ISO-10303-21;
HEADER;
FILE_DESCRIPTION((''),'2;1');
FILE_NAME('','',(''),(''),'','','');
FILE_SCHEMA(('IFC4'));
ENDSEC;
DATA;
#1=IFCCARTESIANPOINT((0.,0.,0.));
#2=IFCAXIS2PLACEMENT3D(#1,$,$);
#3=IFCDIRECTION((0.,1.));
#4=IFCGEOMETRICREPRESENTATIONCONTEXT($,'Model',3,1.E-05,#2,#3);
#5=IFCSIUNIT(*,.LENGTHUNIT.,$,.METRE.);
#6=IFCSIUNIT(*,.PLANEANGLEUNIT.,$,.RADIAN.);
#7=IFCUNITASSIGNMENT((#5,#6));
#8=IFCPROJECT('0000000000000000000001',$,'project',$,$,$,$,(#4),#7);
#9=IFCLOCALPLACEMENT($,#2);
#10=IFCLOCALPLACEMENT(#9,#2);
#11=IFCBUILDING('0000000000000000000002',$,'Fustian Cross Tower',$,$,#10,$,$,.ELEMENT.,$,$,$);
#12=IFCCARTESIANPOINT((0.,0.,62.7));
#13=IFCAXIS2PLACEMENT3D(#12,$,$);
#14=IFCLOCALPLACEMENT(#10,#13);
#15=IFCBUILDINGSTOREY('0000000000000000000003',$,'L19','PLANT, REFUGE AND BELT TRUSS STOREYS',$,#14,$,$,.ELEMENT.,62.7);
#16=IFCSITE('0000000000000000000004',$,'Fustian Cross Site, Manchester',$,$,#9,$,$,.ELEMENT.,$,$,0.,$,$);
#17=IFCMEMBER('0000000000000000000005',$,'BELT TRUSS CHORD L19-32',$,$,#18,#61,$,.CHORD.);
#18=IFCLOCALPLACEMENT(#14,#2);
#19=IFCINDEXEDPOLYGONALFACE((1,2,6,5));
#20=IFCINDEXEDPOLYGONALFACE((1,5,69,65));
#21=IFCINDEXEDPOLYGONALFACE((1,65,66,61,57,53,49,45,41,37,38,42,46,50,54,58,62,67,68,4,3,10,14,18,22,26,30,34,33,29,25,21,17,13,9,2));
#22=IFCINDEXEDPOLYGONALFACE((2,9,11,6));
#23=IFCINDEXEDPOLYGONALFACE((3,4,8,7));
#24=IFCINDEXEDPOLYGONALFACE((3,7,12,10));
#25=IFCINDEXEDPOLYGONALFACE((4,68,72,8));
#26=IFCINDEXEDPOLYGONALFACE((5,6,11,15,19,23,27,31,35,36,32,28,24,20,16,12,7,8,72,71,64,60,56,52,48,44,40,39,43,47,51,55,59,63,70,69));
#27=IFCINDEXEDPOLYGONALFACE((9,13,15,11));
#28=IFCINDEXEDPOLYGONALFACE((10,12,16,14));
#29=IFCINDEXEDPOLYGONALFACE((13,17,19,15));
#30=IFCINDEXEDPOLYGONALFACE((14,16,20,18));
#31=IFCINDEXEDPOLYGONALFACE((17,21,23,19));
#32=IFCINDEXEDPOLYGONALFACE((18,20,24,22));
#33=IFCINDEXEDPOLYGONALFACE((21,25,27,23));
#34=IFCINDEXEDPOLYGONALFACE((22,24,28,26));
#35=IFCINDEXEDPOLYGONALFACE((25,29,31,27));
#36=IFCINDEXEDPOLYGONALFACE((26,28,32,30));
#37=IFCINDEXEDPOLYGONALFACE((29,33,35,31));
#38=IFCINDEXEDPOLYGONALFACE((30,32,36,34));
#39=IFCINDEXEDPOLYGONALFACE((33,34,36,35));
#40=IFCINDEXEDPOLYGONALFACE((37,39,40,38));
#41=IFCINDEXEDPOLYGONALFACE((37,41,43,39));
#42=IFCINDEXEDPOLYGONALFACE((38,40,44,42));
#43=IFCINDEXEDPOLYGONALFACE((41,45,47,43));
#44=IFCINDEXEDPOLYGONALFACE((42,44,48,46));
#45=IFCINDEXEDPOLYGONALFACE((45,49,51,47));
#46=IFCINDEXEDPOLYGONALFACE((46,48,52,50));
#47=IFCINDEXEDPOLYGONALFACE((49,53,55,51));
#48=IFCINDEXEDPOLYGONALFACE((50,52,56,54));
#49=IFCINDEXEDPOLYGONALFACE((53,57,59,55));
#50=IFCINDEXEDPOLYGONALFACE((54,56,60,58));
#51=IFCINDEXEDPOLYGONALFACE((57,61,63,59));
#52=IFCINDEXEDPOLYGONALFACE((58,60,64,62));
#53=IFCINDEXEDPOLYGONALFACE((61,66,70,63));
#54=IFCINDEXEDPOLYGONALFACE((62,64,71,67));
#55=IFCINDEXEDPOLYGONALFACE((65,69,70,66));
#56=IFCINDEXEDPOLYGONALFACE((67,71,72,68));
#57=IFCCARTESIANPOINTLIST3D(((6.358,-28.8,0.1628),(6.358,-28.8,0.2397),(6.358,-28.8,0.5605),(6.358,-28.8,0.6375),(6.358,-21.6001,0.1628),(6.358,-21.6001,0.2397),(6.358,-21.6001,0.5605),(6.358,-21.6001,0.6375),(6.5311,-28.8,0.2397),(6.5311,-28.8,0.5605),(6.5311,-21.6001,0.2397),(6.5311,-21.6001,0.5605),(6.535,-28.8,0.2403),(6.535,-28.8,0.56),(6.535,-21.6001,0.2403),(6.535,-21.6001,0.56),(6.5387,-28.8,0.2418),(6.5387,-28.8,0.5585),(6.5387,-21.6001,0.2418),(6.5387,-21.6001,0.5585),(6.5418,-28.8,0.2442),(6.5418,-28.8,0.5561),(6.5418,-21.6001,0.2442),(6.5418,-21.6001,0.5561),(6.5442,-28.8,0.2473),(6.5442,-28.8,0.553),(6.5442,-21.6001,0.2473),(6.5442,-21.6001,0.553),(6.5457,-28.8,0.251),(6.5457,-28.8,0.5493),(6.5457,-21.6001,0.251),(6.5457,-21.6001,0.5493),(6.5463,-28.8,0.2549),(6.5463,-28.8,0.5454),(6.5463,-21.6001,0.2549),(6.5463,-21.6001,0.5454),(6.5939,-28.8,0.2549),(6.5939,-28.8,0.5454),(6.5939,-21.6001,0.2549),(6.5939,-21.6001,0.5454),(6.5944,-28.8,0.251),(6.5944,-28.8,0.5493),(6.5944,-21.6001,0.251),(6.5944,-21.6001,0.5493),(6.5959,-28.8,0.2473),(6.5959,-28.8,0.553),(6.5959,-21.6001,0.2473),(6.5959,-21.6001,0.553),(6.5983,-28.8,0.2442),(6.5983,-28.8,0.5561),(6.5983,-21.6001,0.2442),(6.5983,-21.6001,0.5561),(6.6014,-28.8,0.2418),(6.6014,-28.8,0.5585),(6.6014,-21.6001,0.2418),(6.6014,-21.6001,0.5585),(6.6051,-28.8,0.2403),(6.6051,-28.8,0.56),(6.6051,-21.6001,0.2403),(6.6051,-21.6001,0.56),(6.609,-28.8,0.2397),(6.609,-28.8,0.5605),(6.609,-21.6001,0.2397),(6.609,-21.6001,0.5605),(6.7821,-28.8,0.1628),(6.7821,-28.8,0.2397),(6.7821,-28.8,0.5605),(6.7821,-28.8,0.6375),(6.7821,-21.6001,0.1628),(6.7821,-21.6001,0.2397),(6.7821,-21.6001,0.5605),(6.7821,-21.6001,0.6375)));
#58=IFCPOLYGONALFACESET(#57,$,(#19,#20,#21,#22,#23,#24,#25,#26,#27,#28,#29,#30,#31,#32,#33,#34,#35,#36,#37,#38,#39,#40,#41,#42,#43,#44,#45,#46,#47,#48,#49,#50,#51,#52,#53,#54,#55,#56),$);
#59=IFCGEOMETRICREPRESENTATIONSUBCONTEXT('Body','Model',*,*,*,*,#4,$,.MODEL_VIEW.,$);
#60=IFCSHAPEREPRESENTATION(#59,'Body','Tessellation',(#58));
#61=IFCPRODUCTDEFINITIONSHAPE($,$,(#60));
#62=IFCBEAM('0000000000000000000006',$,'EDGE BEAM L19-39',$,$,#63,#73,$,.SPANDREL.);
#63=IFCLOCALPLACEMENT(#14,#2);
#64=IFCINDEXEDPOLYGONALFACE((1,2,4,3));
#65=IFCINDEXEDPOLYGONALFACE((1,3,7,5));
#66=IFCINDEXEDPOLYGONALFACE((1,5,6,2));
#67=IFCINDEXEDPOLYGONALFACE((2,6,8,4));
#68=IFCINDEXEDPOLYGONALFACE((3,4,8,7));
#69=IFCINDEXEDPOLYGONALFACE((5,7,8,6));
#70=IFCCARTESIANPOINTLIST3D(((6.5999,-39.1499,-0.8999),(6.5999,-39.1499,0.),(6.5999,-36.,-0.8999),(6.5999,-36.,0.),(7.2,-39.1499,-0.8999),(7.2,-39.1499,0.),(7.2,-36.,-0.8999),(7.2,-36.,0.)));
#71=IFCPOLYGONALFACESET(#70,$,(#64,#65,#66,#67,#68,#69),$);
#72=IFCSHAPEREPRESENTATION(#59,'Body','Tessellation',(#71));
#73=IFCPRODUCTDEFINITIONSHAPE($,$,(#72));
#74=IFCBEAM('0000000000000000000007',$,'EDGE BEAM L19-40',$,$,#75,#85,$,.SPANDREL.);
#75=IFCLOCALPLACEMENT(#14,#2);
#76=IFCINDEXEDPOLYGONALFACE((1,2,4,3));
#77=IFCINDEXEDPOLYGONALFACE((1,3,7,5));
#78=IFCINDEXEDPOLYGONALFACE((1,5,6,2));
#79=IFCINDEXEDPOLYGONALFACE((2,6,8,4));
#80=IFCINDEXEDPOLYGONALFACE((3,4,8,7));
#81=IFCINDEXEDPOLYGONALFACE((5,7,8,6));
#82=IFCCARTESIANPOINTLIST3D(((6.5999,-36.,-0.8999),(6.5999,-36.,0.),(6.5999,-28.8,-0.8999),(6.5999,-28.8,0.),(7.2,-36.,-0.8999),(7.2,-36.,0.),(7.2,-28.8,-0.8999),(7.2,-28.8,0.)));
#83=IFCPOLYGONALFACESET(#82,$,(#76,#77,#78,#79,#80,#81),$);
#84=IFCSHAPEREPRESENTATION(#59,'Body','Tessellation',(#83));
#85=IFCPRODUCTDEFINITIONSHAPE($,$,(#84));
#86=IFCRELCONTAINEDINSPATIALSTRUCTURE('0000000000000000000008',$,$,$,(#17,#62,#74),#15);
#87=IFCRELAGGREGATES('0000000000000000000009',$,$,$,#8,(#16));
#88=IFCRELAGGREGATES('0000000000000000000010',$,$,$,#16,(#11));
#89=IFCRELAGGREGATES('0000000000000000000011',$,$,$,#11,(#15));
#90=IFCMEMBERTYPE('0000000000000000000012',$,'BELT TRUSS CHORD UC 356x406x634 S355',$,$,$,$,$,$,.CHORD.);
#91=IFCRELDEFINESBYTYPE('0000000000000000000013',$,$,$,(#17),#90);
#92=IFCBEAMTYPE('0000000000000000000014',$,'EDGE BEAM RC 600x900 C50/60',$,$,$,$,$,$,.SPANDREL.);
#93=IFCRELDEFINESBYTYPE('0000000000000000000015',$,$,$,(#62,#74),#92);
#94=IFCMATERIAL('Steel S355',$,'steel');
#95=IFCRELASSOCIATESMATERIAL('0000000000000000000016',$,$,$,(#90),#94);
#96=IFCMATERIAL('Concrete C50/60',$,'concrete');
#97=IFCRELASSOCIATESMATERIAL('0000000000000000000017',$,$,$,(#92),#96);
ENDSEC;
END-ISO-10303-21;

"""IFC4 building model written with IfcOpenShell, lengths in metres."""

from ifc_helpers import new_model, si_unit, direction, frame, origin, origin_2d, place, context, subcontext, project, spatial, rectangle, i_section, extrude, material, material_profile, profile_set, type_object, element, save


model = new_model("IFC4")

# Units and contexts
model_context = context("Model", 3, precision=1e-05, world=origin(), true_north=direction((0.0, 1.0)))
body_context = subcontext(model_context, "Body", "Model", "MODEL_VIEW")
ifc_project = project(units=[si_unit("LENGTHUNIT", "METRE"), si_unit("PLANEANGLEUNIT", "RADIAN")], contexts=[model_context])

# Site, building, storey
site_placement = place(None, origin())
site = spatial("IfcSite", under=ifc_project, at=site_placement, Name="Fustian Cross Site, Manchester", CompositionType="ELEMENT", RefElevation=0.0)
building_placement = place(site_placement, origin())
building = spatial("IfcBuilding", under=site, at=building_placement, Name="Fustian Cross Tower", CompositionType="ELEMENT")
storey_placement = place(building_placement, frame((0.0, 0.0, 62.7)))
storey = spatial("IfcBuildingStorey", under=building, at=storey_placement, Name="L19", Description="PLANT, REFUGE AND BELT TRUSS STOREYS", CompositionType="ELEMENT", Elevation=62.7)

# Member
ifc_material_1 = material(Name="Steel S355", Category="steel")
ifc_material_profile_1 = material_profile(ifc_material_1, i_section(OverallWidth=0.4241, OverallDepth=0.4746, WebThickness=0.0476, FlangeThickness=0.0769, FilletRadius=0.0151, at=origin_2d()), Name="UC 356x406x634")
ifc_profile_set_1 = profile_set([ifc_material_profile_1], Name="Steel S355")
member_type_1 = type_object("IfcMemberType", Name="BELT TRUSS CHORD UC 356x406x634 S355", PredefinedType="CHORD", material=ifc_profile_set_1)
for number, where, z_axis, x_axis, name in (
    (1, (6.5701, -28.8, 0.4001), (0.0, 1.0, 0.0), (-1.0, 0.0, 0.0), "BELT TRUSS CHORD L19-32"),
):
    element("IfcMember", number, at=place(storey_placement, frame(where, z_axis=z_axis, x_axis=x_axis)), inside=storey, type_object=member_type_1, Name=name, PredefinedType="CHORD", context=body_context, shape_type="SweptSolid", body=[
        extrude(i_section(OverallWidth=0.4241, OverallDepth=0.4746, WebThickness=0.0476, FlangeThickness=0.0769, FilletRadius=0.0151, at=origin_2d()), origin(), (0.0, 0.0, 1.0), 7.2),
    ])

# Beams
ifc_material_2 = material(Name="Concrete C50/60", Category="concrete")
ifc_material_profile_2 = material_profile(ifc_material_2, rectangle(XDim=0.6001, YDim=0.8999, at=origin_2d()), Name="RC 600x900")
ifc_profile_set_2 = profile_set([ifc_material_profile_2], Name="Concrete C50/60")
beam_type = type_object("IfcBeamType", Name="EDGE BEAM RC 600x900 C50/60", PredefinedType="SPANDREL", material=ifc_profile_set_2)
beam_1_placement = place(storey_placement, frame((6.8999, -39.1499, -0.45), z_axis=(0.0, 1.0, 0.0), x_axis=(-1.0, 0.0, 0.0)))
element("IfcBeam", 2, at=beam_1_placement, inside=storey, type_object=beam_type, Name="EDGE BEAM L19-39", PredefinedType="SPANDREL", context=body_context, shape_type="SweptSolid", body=[
    extrude(rectangle(XDim=0.6001, YDim=0.8999, at=origin_2d()), origin(), (0.0, 0.0, 1.0), 3.1499),
])
beam_2_placement = place(storey_placement, frame((6.8999, -36.0, -0.45), z_axis=(0.0, 1.0, 0.0), x_axis=(-1.0, 0.0, 0.0)))
element("IfcBeam", 3, at=beam_2_placement, inside=storey, type_object=beam_type, Name="EDGE BEAM L19-40", PredefinedType="SPANDREL", context=body_context, shape_type="SweptSolid", body=[
    extrude(rectangle(XDim=0.6001, YDim=0.8999, at=origin_2d()), origin(), (0.0, 0.0, 1.0), 7.2),
])

save(model, "model.ifc")
